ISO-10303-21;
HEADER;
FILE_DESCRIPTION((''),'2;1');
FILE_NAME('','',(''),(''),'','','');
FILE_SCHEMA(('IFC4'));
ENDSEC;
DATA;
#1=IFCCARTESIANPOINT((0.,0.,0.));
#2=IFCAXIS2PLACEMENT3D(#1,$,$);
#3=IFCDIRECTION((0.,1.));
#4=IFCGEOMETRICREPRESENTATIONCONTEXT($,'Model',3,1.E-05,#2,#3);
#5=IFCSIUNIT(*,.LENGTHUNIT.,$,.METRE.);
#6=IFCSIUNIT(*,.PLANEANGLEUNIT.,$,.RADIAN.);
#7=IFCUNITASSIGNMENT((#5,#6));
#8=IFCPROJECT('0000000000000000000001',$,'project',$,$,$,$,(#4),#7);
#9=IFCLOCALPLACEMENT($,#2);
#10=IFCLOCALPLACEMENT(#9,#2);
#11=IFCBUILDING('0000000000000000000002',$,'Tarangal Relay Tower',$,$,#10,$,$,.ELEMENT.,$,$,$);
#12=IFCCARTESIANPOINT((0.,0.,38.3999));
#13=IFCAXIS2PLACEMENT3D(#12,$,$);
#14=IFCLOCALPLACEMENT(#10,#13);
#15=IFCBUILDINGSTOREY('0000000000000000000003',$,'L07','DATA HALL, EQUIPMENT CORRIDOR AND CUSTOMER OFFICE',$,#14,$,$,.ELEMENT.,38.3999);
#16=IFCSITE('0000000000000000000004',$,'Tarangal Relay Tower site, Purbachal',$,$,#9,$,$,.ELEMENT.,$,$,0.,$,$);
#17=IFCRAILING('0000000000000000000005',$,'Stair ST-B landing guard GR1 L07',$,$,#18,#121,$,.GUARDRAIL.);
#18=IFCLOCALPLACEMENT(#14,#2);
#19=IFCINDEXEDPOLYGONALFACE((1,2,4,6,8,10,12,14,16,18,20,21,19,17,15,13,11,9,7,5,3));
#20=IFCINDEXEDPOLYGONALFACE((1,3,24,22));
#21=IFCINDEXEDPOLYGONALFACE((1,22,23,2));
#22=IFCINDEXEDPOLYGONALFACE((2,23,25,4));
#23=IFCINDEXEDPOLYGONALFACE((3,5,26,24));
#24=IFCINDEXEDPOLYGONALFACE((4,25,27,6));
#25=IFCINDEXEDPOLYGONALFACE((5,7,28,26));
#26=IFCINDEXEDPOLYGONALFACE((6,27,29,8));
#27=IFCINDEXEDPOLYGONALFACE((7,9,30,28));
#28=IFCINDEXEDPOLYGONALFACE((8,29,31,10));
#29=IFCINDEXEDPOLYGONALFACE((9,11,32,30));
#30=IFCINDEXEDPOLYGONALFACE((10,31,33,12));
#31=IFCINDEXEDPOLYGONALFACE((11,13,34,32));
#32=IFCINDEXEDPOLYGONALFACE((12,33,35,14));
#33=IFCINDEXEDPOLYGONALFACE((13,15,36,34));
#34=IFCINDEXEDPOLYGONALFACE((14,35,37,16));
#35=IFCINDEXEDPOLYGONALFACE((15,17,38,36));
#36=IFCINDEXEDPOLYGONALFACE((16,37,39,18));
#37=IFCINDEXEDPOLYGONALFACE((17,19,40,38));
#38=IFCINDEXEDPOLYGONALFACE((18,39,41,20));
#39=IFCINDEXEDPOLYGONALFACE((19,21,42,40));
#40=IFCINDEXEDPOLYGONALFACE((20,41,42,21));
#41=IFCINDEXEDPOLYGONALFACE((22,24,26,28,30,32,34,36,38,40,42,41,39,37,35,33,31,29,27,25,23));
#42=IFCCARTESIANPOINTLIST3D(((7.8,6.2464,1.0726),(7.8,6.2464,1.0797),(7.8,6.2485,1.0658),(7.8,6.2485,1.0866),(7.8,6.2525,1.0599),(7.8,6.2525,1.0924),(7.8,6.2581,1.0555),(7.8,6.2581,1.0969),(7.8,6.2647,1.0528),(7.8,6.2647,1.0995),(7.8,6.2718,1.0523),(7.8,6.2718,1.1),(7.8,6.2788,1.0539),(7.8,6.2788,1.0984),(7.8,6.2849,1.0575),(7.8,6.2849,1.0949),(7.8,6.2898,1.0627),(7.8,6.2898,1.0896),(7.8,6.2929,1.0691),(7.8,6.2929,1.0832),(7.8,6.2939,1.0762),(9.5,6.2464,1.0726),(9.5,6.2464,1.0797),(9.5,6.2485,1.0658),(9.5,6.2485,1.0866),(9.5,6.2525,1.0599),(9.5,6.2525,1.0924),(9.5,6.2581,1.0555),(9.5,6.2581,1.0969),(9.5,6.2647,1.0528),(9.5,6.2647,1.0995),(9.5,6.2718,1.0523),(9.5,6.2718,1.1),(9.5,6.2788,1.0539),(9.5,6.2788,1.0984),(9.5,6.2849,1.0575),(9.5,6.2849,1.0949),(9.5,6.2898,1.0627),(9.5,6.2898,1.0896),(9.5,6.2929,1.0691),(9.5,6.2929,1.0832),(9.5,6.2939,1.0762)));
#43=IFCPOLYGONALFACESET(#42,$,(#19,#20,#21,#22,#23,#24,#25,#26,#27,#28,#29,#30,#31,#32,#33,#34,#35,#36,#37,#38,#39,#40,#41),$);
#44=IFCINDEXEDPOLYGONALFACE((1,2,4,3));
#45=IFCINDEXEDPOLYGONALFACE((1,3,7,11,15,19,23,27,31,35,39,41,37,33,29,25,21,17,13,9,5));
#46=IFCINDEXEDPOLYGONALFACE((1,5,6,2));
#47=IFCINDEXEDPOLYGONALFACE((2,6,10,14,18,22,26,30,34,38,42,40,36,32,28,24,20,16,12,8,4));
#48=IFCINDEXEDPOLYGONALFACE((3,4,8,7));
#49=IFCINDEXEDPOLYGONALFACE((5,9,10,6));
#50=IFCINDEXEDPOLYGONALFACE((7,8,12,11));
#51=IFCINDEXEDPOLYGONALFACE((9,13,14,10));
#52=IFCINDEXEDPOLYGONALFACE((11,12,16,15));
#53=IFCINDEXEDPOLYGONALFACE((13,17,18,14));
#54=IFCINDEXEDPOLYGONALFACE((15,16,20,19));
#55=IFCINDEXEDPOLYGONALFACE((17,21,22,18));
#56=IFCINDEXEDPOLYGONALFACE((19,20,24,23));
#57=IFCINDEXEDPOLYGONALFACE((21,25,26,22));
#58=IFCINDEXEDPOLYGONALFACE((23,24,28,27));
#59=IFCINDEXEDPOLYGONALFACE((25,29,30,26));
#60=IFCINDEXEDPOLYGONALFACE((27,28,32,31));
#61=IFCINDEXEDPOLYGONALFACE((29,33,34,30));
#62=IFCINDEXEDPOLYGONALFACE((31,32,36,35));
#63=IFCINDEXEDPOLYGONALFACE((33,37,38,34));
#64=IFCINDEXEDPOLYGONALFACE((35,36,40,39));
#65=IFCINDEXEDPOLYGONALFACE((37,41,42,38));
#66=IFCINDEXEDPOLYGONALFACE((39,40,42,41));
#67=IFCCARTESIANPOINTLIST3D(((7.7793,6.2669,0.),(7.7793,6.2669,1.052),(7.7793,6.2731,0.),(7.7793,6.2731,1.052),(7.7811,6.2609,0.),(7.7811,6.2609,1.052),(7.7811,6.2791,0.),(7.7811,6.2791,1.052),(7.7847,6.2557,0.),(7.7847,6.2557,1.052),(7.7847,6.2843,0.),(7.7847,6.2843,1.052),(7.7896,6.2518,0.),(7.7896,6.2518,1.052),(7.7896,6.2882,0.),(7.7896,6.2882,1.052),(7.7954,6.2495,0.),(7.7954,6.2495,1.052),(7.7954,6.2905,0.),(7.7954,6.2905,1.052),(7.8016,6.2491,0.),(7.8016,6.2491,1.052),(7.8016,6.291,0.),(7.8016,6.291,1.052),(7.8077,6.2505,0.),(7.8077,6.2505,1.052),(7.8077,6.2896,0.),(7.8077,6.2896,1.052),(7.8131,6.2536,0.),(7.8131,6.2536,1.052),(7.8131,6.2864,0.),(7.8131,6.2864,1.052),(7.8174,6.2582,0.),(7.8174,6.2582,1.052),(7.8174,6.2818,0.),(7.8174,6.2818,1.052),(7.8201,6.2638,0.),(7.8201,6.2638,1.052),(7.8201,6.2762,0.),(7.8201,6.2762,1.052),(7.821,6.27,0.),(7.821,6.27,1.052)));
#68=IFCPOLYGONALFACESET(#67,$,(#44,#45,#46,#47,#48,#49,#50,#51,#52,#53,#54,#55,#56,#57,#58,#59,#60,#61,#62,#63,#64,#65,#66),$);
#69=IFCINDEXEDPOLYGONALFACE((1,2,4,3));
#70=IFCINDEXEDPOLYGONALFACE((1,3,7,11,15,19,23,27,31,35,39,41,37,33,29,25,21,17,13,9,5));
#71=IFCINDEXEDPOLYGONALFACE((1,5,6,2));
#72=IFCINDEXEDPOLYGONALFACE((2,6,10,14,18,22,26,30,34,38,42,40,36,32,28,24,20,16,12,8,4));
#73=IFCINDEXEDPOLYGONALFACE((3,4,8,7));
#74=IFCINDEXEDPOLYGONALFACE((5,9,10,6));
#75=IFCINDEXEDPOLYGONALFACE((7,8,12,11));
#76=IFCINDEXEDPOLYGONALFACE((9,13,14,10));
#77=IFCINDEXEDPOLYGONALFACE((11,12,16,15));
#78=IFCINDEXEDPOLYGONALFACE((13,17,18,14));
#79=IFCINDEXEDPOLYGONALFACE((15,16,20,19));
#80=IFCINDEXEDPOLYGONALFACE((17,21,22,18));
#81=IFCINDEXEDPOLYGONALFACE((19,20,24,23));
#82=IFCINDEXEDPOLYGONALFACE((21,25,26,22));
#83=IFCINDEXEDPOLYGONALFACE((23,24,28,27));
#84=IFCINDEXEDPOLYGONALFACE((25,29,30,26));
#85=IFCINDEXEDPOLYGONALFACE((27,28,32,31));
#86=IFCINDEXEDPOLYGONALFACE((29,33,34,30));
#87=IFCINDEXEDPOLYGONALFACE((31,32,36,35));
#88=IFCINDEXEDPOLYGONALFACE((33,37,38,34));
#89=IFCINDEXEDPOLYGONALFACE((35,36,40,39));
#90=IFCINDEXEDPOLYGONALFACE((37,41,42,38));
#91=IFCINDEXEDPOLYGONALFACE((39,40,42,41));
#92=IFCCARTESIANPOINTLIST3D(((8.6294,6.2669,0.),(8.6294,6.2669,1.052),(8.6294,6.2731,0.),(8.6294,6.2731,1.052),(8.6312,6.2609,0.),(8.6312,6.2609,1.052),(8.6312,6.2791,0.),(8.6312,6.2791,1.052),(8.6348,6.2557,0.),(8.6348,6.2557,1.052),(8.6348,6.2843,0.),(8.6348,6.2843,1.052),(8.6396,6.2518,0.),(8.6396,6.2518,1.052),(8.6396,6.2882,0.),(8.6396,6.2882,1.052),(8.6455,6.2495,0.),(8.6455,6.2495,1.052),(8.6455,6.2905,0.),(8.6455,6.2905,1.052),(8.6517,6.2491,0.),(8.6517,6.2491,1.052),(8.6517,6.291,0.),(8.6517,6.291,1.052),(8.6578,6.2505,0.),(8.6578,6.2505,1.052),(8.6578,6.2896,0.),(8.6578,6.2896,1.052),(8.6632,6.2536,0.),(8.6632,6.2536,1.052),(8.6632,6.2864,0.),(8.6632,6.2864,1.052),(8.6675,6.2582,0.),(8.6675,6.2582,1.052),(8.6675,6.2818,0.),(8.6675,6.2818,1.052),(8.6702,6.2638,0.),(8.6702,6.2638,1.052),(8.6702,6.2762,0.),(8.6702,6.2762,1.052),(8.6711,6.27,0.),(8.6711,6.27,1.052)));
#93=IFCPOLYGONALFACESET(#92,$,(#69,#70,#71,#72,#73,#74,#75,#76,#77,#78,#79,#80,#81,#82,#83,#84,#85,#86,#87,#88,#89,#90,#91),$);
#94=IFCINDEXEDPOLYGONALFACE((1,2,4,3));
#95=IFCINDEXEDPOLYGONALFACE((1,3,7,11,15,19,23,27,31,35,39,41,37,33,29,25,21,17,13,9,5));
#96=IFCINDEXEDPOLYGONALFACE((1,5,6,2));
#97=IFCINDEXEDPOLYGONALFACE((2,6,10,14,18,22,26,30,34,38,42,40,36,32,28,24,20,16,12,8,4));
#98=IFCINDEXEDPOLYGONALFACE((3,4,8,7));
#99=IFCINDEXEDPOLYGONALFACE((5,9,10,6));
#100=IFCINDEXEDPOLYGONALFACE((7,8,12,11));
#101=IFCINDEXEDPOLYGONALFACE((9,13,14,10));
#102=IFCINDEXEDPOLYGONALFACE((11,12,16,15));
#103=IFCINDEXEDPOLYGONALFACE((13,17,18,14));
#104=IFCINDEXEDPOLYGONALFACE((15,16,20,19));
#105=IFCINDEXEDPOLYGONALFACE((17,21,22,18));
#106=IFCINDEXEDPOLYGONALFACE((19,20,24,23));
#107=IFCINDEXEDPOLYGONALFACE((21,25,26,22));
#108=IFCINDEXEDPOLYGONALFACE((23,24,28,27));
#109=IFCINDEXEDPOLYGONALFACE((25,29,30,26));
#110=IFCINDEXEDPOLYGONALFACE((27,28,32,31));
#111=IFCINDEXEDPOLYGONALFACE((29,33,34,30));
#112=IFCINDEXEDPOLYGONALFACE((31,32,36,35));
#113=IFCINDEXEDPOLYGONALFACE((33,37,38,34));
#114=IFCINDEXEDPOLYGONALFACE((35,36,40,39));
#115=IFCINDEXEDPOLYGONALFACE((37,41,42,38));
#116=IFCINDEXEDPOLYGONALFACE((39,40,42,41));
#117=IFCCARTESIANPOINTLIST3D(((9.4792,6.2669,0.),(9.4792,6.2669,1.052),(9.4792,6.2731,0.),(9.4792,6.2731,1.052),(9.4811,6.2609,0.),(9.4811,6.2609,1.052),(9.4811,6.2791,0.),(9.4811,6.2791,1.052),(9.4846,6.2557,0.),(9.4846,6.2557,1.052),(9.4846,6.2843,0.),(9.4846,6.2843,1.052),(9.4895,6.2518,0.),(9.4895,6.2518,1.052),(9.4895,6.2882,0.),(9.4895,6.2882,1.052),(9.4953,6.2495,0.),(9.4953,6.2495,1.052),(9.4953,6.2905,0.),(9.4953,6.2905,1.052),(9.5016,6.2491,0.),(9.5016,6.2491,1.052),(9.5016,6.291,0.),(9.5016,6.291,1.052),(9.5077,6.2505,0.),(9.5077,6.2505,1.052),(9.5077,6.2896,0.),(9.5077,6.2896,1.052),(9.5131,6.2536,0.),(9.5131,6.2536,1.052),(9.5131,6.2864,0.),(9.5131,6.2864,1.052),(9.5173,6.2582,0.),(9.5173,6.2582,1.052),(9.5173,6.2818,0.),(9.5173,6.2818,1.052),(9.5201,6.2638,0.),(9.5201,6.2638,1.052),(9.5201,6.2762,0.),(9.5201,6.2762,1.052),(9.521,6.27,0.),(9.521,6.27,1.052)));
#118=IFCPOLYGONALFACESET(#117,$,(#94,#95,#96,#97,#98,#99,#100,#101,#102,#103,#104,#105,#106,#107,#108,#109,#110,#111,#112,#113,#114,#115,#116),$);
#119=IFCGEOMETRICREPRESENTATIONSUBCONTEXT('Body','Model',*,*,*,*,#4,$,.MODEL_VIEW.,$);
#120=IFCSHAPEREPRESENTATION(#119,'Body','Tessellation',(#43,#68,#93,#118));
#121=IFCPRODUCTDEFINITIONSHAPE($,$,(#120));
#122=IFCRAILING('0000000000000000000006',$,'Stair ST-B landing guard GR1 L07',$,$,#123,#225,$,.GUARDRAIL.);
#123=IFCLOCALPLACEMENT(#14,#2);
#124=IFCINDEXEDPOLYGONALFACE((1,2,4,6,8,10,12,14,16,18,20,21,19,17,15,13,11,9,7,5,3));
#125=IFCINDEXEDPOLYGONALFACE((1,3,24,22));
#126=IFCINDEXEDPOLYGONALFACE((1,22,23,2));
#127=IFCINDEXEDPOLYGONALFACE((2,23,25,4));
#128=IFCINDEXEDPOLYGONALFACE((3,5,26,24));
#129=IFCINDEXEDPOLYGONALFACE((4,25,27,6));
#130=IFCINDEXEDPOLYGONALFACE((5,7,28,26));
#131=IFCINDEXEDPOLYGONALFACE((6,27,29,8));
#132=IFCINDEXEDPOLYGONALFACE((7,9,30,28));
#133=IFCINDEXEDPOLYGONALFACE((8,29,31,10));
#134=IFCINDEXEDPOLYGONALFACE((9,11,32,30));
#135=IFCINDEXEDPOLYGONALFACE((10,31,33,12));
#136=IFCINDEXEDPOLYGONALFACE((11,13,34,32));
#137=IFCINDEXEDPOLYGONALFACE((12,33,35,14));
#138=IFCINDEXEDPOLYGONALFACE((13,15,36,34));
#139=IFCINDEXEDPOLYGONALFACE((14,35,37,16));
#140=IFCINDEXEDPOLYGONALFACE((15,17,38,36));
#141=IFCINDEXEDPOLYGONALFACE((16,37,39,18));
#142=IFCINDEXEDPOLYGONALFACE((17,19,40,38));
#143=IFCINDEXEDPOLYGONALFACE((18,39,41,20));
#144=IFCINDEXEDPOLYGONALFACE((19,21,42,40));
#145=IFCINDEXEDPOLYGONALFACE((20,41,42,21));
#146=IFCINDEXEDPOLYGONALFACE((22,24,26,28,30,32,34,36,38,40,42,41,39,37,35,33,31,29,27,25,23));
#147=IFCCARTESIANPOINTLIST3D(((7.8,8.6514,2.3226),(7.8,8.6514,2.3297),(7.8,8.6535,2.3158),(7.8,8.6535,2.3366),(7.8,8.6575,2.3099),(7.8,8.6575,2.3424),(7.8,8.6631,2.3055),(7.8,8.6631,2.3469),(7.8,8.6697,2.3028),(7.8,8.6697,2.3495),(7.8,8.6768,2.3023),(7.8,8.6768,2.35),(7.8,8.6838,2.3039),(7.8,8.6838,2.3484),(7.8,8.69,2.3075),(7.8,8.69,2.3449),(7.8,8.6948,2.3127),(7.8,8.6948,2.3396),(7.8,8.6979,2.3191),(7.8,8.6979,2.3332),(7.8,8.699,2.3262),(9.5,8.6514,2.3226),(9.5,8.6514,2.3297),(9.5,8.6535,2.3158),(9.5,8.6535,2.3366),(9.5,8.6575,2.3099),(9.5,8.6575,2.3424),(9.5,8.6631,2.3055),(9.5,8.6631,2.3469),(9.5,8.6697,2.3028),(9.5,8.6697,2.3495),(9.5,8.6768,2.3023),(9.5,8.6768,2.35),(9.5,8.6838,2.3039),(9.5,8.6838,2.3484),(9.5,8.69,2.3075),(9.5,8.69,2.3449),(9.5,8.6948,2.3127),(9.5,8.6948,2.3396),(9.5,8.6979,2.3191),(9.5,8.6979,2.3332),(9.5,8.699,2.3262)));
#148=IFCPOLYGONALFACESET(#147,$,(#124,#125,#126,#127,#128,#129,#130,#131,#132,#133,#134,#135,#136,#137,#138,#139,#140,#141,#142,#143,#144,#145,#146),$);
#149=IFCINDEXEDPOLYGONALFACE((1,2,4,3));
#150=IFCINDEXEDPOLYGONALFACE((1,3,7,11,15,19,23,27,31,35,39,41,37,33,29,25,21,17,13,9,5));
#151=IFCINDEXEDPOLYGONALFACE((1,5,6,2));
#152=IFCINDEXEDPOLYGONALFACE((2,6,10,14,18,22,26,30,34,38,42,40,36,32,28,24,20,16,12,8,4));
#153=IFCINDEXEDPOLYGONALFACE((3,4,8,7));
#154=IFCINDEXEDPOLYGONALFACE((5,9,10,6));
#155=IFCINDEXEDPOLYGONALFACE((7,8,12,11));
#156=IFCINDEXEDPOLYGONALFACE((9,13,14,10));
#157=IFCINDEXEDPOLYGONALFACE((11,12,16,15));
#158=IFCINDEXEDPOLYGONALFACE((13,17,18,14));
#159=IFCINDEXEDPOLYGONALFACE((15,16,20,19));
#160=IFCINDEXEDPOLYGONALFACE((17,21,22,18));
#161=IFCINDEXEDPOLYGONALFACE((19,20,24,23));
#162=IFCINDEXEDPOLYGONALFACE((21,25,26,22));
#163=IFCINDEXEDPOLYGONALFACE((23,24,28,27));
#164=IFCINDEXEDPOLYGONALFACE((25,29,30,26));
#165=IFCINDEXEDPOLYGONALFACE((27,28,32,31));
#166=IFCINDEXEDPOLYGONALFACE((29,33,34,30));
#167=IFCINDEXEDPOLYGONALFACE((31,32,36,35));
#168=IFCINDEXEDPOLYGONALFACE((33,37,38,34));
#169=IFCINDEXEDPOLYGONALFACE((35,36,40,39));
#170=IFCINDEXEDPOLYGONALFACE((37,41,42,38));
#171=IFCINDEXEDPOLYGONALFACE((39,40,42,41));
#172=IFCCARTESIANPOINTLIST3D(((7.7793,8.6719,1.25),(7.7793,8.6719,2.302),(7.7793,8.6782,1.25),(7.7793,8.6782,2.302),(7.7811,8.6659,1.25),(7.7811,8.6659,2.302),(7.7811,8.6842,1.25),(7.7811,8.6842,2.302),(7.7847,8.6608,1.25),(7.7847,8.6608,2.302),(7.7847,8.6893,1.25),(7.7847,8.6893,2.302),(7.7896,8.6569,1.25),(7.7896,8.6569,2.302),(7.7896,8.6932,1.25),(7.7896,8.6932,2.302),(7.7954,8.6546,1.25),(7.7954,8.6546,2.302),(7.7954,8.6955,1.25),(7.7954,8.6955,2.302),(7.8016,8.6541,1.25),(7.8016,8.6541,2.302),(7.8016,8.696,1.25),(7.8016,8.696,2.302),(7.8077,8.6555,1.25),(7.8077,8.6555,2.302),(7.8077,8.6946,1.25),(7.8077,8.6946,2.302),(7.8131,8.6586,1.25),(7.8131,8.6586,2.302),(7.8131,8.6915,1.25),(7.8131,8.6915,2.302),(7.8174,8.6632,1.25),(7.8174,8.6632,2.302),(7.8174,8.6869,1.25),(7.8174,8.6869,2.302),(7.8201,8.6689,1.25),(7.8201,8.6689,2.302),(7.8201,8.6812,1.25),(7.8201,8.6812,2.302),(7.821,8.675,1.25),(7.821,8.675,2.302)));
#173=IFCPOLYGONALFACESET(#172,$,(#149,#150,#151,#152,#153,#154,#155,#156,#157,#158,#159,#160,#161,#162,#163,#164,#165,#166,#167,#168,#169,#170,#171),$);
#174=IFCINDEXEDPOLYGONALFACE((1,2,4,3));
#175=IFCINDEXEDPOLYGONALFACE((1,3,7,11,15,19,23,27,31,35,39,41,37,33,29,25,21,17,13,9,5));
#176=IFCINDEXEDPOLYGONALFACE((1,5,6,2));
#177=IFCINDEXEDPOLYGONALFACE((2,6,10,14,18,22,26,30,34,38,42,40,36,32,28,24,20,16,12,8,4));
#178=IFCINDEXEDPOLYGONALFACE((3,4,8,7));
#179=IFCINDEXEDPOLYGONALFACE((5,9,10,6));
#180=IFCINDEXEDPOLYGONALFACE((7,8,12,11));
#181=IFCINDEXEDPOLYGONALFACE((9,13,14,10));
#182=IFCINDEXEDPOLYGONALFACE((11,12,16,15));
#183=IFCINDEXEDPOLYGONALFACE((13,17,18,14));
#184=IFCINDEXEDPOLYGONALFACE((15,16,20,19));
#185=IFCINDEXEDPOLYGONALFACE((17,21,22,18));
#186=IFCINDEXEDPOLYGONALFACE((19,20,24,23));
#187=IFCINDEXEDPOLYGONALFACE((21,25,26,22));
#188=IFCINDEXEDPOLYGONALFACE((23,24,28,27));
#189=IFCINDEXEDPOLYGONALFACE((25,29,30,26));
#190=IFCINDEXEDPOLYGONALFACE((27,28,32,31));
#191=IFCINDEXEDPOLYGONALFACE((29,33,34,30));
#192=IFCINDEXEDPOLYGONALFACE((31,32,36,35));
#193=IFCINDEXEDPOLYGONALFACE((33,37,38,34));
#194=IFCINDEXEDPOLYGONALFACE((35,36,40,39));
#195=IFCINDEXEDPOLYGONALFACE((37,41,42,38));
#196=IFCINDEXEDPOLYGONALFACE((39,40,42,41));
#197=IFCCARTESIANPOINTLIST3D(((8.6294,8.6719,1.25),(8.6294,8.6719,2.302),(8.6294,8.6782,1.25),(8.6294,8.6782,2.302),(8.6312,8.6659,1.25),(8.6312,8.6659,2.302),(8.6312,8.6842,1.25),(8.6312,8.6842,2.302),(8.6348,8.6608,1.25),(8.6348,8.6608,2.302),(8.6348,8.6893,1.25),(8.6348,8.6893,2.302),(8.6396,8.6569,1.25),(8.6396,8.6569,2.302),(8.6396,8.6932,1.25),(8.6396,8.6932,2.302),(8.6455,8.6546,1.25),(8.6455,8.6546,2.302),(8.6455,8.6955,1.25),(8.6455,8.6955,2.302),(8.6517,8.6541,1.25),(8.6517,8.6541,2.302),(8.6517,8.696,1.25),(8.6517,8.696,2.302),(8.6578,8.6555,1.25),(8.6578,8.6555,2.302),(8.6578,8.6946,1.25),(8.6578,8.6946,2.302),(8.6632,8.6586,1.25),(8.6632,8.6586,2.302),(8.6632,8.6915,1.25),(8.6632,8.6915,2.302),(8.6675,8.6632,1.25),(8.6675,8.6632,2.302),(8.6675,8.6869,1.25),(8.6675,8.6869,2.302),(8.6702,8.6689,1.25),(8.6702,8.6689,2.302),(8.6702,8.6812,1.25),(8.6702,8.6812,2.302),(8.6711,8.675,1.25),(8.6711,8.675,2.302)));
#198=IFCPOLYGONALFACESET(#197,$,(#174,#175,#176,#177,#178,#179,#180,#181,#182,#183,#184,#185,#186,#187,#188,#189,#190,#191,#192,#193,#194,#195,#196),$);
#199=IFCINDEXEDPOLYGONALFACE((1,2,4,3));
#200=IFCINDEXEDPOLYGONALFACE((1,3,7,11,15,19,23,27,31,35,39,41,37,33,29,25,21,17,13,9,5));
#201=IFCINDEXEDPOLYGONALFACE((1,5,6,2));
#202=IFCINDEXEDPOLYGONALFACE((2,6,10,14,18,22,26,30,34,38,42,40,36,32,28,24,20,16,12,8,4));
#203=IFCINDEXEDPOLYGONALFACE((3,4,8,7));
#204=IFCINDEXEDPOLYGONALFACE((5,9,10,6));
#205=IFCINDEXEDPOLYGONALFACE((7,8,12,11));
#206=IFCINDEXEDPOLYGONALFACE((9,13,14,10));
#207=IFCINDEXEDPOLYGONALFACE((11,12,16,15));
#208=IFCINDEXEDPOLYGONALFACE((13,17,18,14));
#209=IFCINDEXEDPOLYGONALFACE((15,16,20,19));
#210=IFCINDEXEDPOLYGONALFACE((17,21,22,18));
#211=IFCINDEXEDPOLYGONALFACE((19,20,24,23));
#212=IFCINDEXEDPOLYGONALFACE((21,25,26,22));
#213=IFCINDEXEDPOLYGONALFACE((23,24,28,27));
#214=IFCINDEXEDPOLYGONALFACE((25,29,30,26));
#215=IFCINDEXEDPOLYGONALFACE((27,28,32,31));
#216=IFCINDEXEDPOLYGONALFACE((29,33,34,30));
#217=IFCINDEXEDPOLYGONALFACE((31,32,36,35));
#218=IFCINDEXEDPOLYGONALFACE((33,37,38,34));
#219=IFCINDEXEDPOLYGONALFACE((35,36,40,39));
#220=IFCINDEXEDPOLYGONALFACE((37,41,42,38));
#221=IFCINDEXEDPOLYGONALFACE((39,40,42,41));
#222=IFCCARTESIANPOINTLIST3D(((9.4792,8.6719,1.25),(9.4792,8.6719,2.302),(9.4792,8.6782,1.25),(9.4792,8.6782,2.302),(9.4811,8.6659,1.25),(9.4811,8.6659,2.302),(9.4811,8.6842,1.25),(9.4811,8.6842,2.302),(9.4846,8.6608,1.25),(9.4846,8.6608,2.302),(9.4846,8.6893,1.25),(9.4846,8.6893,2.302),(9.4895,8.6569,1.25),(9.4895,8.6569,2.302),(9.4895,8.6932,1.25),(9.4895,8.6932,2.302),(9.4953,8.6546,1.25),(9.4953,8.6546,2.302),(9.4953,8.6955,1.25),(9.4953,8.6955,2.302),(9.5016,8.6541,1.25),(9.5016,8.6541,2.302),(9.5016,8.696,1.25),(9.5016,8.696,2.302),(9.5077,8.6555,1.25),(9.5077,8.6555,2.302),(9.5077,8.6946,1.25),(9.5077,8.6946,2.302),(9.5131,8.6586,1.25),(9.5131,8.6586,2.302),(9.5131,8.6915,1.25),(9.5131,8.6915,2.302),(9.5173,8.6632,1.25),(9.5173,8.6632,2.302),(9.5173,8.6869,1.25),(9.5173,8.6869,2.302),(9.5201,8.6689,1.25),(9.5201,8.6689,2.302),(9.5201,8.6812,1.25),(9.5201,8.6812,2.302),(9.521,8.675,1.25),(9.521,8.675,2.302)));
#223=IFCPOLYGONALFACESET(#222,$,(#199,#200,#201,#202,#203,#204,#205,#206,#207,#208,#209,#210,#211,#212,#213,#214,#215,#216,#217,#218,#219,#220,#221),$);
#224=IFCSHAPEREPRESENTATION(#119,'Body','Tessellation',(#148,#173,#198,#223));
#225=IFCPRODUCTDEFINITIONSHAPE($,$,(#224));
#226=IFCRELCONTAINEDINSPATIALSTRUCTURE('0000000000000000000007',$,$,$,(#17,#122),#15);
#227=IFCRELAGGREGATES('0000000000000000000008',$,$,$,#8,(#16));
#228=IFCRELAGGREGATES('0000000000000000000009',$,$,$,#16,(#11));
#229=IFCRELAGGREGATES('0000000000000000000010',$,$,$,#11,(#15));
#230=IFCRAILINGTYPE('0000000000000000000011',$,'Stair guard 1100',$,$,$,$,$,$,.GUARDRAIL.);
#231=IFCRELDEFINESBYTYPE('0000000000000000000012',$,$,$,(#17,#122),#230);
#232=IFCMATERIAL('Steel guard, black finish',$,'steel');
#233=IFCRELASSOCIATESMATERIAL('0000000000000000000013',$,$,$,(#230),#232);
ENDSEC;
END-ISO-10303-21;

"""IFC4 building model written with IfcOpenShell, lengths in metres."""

from ifc_helpers import new_model, si_unit, direction, frame, origin, origin_2d, place, context, subcontext, project, spatial, circle, extrude, material, type_object, element, save


model = new_model("IFC4")

# Units and contexts
model_context = context("Model", 3, precision=1e-05, world=origin(), true_north=direction((0.0, 1.0)))
body_context = subcontext(model_context, "Body", "Model", "MODEL_VIEW")
ifc_project = project(units=[si_unit("LENGTHUNIT", "METRE"), si_unit("PLANEANGLEUNIT", "RADIAN")], contexts=[model_context])

# Site, building, storey
site_placement = place(None, origin())
site = spatial("IfcSite", under=ifc_project, at=site_placement, Name="Tarangal Relay Tower site, Purbachal", CompositionType="ELEMENT", RefElevation=0.0)
building_placement = place(site_placement, origin())
building = spatial("IfcBuilding", under=site, at=building_placement, Name="Tarangal Relay Tower", CompositionType="ELEMENT")
storey_placement = place(building_placement, frame((0.0, 0.0, 38.3999)))
storey = spatial("IfcBuildingStorey", under=building, at=storey_placement, Name="L07", Description="DATA HALL, EQUIPMENT CORRIDOR AND CUSTOMER OFFICE", CompositionType="ELEMENT", Elevation=38.3999)

# Railings
ifc_material_1 = material(Name="Steel guard, black finish", Category="steel")
railing_type_1 = type_object("IfcRailingType", Name="Stair guard 1100", PredefinedType="GUARDRAIL", material=ifc_material_1)
for number, where, name in (
    (1, (7.8, 6.27, 0.0), "Stair ST-B landing guard GR1 L07"),
    (2, (7.8, 8.675, 1.25), "Stair ST-B landing guard GR1 L07"),
):
    element("IfcRailing", number, at=place(storey_placement, frame(where)), inside=storey, type_object=railing_type_1, Name=name, PredefinedType="GUARDRAIL", context=body_context, shape_type="SweptSolid", body=[
        extrude(circle(Radius=0.0239, at=origin_2d()), frame((0.0, 0.0, 1.0762), z_axis=(1.0, 0.0, 0.0), x_axis=(0.0, 1.0, 0.0)), (0.0, 0.0, 1.0), 1.7),
        extrude(circle(Radius=0.021, at=origin_2d()), origin(), (0.0, 0.0, 1.0), 1.052),
        extrude(circle(Radius=0.021, at=origin_2d()), frame((0.8501, 0.0, 0.0)), (0.0, 0.0, 1.0), 1.052),
        extrude(circle(Radius=0.021, at=origin_2d()), frame((1.7, 0.0, 0.0)), (0.0, 0.0, 1.0), 1.052),
    ])

save(model, "model.ifc")
